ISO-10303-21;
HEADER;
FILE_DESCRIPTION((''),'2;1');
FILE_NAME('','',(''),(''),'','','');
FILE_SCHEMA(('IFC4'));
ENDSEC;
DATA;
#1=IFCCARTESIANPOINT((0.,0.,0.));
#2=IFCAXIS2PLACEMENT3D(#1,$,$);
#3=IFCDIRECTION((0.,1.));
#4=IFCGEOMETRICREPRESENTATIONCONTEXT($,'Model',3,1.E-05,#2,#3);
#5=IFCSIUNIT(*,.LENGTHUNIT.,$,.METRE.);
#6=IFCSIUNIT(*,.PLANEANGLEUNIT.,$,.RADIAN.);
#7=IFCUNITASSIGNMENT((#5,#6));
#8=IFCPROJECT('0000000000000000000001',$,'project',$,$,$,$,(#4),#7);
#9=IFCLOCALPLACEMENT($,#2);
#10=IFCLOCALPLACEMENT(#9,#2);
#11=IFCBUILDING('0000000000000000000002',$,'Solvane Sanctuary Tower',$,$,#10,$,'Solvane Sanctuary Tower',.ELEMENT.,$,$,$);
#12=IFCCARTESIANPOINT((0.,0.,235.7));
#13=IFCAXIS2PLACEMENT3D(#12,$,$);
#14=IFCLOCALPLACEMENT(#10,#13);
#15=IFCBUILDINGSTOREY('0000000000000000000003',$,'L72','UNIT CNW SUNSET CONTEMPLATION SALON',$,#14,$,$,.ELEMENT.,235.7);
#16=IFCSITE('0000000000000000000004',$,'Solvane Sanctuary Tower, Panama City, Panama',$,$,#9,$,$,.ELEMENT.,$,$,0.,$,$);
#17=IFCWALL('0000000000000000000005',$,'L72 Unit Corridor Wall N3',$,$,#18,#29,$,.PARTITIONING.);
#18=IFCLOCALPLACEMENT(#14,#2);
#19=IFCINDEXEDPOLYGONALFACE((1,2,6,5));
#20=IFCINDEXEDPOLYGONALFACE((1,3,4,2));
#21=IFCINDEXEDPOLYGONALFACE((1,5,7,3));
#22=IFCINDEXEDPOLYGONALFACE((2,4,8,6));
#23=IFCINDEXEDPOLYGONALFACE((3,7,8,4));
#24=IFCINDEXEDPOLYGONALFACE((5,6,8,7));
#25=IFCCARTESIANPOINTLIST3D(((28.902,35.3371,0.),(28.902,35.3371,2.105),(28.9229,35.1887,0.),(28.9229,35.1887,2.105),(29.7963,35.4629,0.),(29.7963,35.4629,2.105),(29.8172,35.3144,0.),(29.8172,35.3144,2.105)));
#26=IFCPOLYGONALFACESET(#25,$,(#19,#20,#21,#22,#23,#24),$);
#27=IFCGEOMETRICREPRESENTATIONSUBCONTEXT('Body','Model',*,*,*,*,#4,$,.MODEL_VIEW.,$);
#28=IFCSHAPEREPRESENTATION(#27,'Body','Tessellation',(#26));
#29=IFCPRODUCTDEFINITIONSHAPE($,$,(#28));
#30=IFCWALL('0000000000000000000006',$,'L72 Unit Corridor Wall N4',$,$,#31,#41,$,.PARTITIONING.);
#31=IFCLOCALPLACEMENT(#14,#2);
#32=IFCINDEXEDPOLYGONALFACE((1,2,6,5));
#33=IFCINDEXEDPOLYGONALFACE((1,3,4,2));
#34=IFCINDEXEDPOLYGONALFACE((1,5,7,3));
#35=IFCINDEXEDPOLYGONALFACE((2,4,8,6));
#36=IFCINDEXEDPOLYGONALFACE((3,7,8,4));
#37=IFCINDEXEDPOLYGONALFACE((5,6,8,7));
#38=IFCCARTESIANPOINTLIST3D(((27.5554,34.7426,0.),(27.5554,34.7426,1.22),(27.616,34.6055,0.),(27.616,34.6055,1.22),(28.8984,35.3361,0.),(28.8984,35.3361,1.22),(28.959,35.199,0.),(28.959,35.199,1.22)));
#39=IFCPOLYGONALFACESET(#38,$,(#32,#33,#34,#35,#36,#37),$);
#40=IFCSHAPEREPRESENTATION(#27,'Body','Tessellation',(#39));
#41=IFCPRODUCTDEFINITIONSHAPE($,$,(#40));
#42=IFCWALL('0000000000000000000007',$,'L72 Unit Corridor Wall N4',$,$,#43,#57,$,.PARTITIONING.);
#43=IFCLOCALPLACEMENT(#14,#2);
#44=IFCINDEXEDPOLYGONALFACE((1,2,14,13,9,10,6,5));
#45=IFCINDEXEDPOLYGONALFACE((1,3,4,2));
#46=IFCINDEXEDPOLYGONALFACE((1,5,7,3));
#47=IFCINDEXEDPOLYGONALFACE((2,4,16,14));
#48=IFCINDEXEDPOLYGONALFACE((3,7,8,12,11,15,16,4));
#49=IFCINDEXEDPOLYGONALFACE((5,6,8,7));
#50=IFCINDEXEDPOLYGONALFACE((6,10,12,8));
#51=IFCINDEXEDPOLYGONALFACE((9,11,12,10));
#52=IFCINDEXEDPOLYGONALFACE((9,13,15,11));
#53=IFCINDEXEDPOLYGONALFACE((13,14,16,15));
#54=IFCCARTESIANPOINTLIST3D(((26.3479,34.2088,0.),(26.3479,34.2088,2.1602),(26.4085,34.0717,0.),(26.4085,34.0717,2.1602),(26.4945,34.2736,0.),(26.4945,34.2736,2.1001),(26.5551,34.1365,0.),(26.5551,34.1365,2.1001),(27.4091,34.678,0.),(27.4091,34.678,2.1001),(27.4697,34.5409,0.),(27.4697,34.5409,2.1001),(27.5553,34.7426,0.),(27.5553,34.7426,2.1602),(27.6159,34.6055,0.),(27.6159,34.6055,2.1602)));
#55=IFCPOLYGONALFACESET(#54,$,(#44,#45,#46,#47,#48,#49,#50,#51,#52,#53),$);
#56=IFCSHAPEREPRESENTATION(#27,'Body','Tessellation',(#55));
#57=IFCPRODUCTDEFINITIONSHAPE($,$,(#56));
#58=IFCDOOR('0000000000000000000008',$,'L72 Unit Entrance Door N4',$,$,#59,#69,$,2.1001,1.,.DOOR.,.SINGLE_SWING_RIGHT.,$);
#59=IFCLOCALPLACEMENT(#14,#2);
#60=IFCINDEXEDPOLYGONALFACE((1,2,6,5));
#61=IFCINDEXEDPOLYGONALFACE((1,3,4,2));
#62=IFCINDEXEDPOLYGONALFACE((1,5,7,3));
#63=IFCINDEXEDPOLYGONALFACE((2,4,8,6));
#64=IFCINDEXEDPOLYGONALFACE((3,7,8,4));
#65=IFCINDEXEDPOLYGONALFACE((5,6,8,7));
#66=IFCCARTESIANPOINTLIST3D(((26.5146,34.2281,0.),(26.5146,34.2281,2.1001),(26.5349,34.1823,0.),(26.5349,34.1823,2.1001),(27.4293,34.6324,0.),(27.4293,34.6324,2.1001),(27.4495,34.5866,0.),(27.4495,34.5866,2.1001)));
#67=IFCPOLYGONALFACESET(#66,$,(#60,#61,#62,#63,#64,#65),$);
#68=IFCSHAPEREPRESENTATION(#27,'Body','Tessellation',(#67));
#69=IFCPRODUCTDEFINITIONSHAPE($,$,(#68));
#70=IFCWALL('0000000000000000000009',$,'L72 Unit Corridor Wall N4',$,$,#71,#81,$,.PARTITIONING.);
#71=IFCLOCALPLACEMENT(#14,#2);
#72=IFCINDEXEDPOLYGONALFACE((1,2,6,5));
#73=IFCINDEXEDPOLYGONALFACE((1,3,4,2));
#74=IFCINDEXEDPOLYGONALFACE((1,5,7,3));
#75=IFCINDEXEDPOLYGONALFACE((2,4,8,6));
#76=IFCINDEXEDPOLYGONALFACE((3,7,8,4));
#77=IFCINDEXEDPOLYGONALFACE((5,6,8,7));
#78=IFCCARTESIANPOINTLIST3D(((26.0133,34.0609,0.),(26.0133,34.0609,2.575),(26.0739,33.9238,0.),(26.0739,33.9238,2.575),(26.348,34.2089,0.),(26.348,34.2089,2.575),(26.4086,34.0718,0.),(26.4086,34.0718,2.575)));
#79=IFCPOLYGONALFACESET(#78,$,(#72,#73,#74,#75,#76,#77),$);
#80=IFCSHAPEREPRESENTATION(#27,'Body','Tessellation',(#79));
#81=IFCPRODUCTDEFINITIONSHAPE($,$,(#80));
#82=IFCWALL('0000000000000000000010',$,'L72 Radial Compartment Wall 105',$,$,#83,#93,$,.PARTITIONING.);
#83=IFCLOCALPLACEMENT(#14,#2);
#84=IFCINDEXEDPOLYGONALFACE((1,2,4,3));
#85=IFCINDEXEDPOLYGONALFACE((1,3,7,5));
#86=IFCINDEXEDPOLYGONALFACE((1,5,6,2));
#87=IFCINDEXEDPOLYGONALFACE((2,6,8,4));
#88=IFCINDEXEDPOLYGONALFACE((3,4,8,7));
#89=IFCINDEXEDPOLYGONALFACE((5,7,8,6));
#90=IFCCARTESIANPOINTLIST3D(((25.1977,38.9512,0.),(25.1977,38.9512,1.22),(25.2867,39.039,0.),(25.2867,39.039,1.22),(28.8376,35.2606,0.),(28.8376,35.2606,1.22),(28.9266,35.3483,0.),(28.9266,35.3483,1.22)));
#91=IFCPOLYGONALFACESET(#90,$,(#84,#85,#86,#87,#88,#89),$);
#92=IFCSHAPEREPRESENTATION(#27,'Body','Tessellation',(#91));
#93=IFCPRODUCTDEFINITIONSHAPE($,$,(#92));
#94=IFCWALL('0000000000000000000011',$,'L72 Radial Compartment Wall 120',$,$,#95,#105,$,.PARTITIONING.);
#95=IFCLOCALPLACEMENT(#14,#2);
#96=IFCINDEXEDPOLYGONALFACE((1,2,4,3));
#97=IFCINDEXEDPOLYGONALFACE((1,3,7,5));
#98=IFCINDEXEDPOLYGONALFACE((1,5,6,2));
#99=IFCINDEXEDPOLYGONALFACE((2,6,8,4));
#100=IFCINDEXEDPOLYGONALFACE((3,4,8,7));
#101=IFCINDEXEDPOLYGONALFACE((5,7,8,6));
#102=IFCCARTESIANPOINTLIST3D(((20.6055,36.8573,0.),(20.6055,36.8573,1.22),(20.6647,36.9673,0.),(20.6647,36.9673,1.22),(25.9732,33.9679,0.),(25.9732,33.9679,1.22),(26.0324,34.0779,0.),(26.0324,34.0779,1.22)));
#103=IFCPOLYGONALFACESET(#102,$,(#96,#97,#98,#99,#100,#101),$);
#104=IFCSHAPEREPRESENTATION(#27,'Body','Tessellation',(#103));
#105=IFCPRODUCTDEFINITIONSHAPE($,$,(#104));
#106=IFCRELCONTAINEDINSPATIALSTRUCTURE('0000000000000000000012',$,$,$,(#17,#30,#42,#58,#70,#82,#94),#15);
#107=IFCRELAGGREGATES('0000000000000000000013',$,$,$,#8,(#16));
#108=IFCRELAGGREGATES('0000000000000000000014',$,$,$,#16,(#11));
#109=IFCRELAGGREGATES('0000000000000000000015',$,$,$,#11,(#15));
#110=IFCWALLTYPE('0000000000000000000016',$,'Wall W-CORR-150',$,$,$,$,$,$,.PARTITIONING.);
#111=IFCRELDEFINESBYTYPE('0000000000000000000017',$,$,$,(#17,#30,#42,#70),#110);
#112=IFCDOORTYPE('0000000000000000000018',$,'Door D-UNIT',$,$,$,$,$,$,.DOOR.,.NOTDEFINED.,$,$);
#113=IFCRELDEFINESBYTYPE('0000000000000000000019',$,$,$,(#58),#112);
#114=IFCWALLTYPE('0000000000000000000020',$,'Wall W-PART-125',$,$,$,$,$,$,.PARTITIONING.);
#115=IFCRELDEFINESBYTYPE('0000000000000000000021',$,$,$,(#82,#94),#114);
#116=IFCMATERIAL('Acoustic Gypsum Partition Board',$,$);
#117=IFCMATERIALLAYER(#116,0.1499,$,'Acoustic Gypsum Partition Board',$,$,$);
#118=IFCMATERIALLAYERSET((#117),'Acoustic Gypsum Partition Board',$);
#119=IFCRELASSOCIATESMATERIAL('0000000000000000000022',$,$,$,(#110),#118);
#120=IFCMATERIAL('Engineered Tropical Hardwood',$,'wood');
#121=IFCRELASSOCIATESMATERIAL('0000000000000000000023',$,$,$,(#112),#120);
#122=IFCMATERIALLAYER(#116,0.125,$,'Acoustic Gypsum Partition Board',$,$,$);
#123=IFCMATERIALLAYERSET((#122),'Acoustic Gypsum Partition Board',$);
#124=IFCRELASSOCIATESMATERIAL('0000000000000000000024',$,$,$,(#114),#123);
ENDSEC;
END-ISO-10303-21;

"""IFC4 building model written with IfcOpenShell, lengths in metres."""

from ifc_helpers import new_model, si_unit, direction, frame, frame_2d, origin, place, context, subcontext, project, spatial, rectangle, extrude, material, layer, layer_set, type_object, element, fill, save


model = new_model("IFC4")

# Units and contexts
model_context = context("Model", 3, precision=1e-05, world=origin(), true_north=direction((0.0, 1.0)))
body_context = subcontext(model_context, "Body", "Model", "MODEL_VIEW")
ifc_project = project(units=[si_unit("LENGTHUNIT", "METRE"), si_unit("PLANEANGLEUNIT", "RADIAN")], contexts=[model_context])

# Site, building, storey
site_placement = place(None, origin())
site = spatial("IfcSite", under=ifc_project, at=site_placement, Name="Solvane Sanctuary Tower, Panama City, Panama", CompositionType="ELEMENT", RefElevation=0.0)
building_placement = place(site_placement, origin())
building = spatial("IfcBuilding", under=site, at=building_placement, Name="Solvane Sanctuary Tower", LongName="Solvane Sanctuary Tower", CompositionType="ELEMENT")
storey_placement = place(building_placement, frame((0.0, 0.0, 235.7)))
storey = spatial("IfcBuildingStorey", under=building, at=storey_placement, Name="L72", Description="UNIT CNW SUNSET CONTEMPLATION SALON", CompositionType="ELEMENT", Elevation=235.7)

# Shared definitions
ifc_material_1 = material(Name="Acoustic Gypsum Partition Board")
ifc_layer_1 = layer(ifc_material_1, 0.1499, Name="Acoustic Gypsum Partition Board")
ifc_layer_set_1 = layer_set([ifc_layer_1], Name="Acoustic Gypsum Partition Board")
wall_type_1 = type_object("IfcWallType", Name="Wall W-CORR-150", PredefinedType="PARTITIONING", material=ifc_layer_set_1)

# Shared definitions
ifc_material_2 = material(Name="Engineered Tropical Hardwood", Category="wood")

# Shared definitions
door_type_1 = type_object("IfcDoorType", Name="Door D-UNIT", OperationType="NOTDEFINED", PredefinedType="DOOR", material=ifc_material_2)

# Walls
wall_1_placement = place(storey_placement, frame((29.8069, 35.3887, 0.0), z_axis=(0.0, 0.0, 1.0), x_axis=(-0.990261, -0.139226, 0.0)))
element("IfcWall", 1, at=wall_1_placement, inside=storey, type_object=wall_type_1, Name="L72 Unit Corridor Wall N3", PredefinedType="PARTITIONING", context=body_context, shape_type="SweptSolid", body=[
    extrude(rectangle(XDim=0.9031, YDim=0.1499, at=frame_2d((0.4517, 0.0))), origin(), (0.0, 0.0, 1.0), 2.105),
])
wall_2_placement = place(storey_placement, frame((28.9287, 35.2676, 0.0), z_axis=(0.0, 0.0, 1.0), x_axis=(-0.914667, -0.404209, 0.0)))
element("IfcWall", 2, at=wall_2_placement, inside=storey, type_object=wall_type_1, Name="L72 Unit Corridor Wall N4", PredefinedType="PARTITIONING", context=body_context, shape_type="SweptSolid", body=[
    extrude(rectangle(XDim=1.4683, YDim=0.1499, at=frame_2d((0.7341, 0.0))), origin(), (0.0, 0.0, 1.0), 1.22),
])

# Wall, opening, door
wall_3_placement = place(storey_placement, frame((27.5857, 34.6741, 0.0), z_axis=(0.0, 0.0, 1.0), x_axis=(-0.914618, -0.404319, 0.0)))
wall_3 = element("IfcWall", 3, at=wall_3_placement, inside=storey, type_object=wall_type_1, Name="L72 Unit Corridor Wall N4", PredefinedType="PARTITIONING", context=body_context, shape_type="SweptSolid", body=[
    extrude(rectangle(XDim=1.3201, YDim=0.1499, at=frame_2d((0.6602, 0.0))), origin(), (0.0, 0.0, 1.0), 2.1602),
])
opening_1_placement = place(wall_3_placement, frame((0.1599, 0.0, 0.0)))
opening_1 = element("IfcOpeningElement", 4, at=opening_1_placement, cuts=wall_3, PredefinedType="OPENING", context=body_context, shape_type="SweptSolid", body=[
    extrude(rectangle(XDim=1.0, YDim=2.1001, at=frame_2d((0.5, 1.05))), frame((0.0, 0.085, 0.0), z_axis=(0.0, -1.0, 0.0), x_axis=(1.0, 0.0, 0.0)), (0.0, 0.0, 1.0), 0.1699),
])
door_1_placement = place(opening_1_placement, origin())
door_1 = element("IfcDoor", 5, at=door_1_placement, inside=storey, type_object=door_type_1, Name="L72 Unit Entrance Door N4", OperationType="SINGLE_SWING_RIGHT", OverallHeight=2.1001, OverallWidth=1.0, PredefinedType="DOOR", context=body_context, shape_type="SweptSolid", body=[
    extrude(rectangle(XDim=1.0, YDim=2.1001, at=frame_2d((0.5, 1.05))), frame((0.0, 0.0249, 0.0), z_axis=(0.0, -1.0, 0.0), x_axis=(1.0, 0.0, 0.0)), (0.0, 0.0, 1.0), 0.05),
])
fill(opening_1, door_1)

# Walls
wall_4_placement = place(storey_placement, frame((26.3784, 34.1404, 0.0), z_axis=(0.0, 0.0, 1.0), x_axis=(-0.914635, -0.404281, 0.0)))
element("IfcWall", 6, at=wall_4_placement, inside=storey, type_object=wall_type_1, Name="L72 Unit Corridor Wall N4", PredefinedType="PARTITIONING", context=body_context, shape_type="SweptSolid", body=[
    extrude(rectangle(XDim=0.366, YDim=0.1499, at=frame_2d((0.1831, 0.0))), origin(), (0.0, 0.0, 1.0), 2.575),
])
ifc_layer_2 = layer(ifc_material_1, 0.125, Name="Acoustic Gypsum Partition Board")
ifc_layer_set_2 = layer_set([ifc_layer_2], Name="Acoustic Gypsum Partition Board")
wall_type_2 = type_object("IfcWallType", Name="Wall W-PART-125", PredefinedType="PARTITIONING", material=ifc_layer_set_2)
wall_5_placement = place(storey_placement, frame((28.8821, 35.3044, 0.0), z_axis=(0.0, 0.0, 1.0), x_axis=(-0.702192, 0.711988, 0.0)))
element("IfcWall", 7, at=wall_5_placement, inside=storey, type_object=wall_type_2, Name="L72 Radial Compartment Wall 105", PredefinedType="PARTITIONING", context=body_context, shape_type="SweptSolid", body=[
    extrude(rectangle(XDim=5.1836, YDim=0.125, at=frame_2d((2.5918, 0.0))), origin(), (0.0, 0.0, 1.0), 1.22),
])
wall_6_placement = place(storey_placement, frame((26.0027, 34.0229, 0.0), z_axis=(0.0, 0.0, 1.0), x_axis=(-0.880532, 0.473988, 0.0)))
element("IfcWall", 8, at=wall_6_placement, inside=storey, type_object=wall_type_2, Name="L72 Radial Compartment Wall 120", PredefinedType="PARTITIONING", context=body_context, shape_type="SweptSolid", body=[
    extrude(rectangle(XDim=6.0959, YDim=0.125, at=frame_2d((3.0479, 0.0))), origin(), (0.0, 0.0, 1.0), 1.22),
])

save(model, "model.ifc")
